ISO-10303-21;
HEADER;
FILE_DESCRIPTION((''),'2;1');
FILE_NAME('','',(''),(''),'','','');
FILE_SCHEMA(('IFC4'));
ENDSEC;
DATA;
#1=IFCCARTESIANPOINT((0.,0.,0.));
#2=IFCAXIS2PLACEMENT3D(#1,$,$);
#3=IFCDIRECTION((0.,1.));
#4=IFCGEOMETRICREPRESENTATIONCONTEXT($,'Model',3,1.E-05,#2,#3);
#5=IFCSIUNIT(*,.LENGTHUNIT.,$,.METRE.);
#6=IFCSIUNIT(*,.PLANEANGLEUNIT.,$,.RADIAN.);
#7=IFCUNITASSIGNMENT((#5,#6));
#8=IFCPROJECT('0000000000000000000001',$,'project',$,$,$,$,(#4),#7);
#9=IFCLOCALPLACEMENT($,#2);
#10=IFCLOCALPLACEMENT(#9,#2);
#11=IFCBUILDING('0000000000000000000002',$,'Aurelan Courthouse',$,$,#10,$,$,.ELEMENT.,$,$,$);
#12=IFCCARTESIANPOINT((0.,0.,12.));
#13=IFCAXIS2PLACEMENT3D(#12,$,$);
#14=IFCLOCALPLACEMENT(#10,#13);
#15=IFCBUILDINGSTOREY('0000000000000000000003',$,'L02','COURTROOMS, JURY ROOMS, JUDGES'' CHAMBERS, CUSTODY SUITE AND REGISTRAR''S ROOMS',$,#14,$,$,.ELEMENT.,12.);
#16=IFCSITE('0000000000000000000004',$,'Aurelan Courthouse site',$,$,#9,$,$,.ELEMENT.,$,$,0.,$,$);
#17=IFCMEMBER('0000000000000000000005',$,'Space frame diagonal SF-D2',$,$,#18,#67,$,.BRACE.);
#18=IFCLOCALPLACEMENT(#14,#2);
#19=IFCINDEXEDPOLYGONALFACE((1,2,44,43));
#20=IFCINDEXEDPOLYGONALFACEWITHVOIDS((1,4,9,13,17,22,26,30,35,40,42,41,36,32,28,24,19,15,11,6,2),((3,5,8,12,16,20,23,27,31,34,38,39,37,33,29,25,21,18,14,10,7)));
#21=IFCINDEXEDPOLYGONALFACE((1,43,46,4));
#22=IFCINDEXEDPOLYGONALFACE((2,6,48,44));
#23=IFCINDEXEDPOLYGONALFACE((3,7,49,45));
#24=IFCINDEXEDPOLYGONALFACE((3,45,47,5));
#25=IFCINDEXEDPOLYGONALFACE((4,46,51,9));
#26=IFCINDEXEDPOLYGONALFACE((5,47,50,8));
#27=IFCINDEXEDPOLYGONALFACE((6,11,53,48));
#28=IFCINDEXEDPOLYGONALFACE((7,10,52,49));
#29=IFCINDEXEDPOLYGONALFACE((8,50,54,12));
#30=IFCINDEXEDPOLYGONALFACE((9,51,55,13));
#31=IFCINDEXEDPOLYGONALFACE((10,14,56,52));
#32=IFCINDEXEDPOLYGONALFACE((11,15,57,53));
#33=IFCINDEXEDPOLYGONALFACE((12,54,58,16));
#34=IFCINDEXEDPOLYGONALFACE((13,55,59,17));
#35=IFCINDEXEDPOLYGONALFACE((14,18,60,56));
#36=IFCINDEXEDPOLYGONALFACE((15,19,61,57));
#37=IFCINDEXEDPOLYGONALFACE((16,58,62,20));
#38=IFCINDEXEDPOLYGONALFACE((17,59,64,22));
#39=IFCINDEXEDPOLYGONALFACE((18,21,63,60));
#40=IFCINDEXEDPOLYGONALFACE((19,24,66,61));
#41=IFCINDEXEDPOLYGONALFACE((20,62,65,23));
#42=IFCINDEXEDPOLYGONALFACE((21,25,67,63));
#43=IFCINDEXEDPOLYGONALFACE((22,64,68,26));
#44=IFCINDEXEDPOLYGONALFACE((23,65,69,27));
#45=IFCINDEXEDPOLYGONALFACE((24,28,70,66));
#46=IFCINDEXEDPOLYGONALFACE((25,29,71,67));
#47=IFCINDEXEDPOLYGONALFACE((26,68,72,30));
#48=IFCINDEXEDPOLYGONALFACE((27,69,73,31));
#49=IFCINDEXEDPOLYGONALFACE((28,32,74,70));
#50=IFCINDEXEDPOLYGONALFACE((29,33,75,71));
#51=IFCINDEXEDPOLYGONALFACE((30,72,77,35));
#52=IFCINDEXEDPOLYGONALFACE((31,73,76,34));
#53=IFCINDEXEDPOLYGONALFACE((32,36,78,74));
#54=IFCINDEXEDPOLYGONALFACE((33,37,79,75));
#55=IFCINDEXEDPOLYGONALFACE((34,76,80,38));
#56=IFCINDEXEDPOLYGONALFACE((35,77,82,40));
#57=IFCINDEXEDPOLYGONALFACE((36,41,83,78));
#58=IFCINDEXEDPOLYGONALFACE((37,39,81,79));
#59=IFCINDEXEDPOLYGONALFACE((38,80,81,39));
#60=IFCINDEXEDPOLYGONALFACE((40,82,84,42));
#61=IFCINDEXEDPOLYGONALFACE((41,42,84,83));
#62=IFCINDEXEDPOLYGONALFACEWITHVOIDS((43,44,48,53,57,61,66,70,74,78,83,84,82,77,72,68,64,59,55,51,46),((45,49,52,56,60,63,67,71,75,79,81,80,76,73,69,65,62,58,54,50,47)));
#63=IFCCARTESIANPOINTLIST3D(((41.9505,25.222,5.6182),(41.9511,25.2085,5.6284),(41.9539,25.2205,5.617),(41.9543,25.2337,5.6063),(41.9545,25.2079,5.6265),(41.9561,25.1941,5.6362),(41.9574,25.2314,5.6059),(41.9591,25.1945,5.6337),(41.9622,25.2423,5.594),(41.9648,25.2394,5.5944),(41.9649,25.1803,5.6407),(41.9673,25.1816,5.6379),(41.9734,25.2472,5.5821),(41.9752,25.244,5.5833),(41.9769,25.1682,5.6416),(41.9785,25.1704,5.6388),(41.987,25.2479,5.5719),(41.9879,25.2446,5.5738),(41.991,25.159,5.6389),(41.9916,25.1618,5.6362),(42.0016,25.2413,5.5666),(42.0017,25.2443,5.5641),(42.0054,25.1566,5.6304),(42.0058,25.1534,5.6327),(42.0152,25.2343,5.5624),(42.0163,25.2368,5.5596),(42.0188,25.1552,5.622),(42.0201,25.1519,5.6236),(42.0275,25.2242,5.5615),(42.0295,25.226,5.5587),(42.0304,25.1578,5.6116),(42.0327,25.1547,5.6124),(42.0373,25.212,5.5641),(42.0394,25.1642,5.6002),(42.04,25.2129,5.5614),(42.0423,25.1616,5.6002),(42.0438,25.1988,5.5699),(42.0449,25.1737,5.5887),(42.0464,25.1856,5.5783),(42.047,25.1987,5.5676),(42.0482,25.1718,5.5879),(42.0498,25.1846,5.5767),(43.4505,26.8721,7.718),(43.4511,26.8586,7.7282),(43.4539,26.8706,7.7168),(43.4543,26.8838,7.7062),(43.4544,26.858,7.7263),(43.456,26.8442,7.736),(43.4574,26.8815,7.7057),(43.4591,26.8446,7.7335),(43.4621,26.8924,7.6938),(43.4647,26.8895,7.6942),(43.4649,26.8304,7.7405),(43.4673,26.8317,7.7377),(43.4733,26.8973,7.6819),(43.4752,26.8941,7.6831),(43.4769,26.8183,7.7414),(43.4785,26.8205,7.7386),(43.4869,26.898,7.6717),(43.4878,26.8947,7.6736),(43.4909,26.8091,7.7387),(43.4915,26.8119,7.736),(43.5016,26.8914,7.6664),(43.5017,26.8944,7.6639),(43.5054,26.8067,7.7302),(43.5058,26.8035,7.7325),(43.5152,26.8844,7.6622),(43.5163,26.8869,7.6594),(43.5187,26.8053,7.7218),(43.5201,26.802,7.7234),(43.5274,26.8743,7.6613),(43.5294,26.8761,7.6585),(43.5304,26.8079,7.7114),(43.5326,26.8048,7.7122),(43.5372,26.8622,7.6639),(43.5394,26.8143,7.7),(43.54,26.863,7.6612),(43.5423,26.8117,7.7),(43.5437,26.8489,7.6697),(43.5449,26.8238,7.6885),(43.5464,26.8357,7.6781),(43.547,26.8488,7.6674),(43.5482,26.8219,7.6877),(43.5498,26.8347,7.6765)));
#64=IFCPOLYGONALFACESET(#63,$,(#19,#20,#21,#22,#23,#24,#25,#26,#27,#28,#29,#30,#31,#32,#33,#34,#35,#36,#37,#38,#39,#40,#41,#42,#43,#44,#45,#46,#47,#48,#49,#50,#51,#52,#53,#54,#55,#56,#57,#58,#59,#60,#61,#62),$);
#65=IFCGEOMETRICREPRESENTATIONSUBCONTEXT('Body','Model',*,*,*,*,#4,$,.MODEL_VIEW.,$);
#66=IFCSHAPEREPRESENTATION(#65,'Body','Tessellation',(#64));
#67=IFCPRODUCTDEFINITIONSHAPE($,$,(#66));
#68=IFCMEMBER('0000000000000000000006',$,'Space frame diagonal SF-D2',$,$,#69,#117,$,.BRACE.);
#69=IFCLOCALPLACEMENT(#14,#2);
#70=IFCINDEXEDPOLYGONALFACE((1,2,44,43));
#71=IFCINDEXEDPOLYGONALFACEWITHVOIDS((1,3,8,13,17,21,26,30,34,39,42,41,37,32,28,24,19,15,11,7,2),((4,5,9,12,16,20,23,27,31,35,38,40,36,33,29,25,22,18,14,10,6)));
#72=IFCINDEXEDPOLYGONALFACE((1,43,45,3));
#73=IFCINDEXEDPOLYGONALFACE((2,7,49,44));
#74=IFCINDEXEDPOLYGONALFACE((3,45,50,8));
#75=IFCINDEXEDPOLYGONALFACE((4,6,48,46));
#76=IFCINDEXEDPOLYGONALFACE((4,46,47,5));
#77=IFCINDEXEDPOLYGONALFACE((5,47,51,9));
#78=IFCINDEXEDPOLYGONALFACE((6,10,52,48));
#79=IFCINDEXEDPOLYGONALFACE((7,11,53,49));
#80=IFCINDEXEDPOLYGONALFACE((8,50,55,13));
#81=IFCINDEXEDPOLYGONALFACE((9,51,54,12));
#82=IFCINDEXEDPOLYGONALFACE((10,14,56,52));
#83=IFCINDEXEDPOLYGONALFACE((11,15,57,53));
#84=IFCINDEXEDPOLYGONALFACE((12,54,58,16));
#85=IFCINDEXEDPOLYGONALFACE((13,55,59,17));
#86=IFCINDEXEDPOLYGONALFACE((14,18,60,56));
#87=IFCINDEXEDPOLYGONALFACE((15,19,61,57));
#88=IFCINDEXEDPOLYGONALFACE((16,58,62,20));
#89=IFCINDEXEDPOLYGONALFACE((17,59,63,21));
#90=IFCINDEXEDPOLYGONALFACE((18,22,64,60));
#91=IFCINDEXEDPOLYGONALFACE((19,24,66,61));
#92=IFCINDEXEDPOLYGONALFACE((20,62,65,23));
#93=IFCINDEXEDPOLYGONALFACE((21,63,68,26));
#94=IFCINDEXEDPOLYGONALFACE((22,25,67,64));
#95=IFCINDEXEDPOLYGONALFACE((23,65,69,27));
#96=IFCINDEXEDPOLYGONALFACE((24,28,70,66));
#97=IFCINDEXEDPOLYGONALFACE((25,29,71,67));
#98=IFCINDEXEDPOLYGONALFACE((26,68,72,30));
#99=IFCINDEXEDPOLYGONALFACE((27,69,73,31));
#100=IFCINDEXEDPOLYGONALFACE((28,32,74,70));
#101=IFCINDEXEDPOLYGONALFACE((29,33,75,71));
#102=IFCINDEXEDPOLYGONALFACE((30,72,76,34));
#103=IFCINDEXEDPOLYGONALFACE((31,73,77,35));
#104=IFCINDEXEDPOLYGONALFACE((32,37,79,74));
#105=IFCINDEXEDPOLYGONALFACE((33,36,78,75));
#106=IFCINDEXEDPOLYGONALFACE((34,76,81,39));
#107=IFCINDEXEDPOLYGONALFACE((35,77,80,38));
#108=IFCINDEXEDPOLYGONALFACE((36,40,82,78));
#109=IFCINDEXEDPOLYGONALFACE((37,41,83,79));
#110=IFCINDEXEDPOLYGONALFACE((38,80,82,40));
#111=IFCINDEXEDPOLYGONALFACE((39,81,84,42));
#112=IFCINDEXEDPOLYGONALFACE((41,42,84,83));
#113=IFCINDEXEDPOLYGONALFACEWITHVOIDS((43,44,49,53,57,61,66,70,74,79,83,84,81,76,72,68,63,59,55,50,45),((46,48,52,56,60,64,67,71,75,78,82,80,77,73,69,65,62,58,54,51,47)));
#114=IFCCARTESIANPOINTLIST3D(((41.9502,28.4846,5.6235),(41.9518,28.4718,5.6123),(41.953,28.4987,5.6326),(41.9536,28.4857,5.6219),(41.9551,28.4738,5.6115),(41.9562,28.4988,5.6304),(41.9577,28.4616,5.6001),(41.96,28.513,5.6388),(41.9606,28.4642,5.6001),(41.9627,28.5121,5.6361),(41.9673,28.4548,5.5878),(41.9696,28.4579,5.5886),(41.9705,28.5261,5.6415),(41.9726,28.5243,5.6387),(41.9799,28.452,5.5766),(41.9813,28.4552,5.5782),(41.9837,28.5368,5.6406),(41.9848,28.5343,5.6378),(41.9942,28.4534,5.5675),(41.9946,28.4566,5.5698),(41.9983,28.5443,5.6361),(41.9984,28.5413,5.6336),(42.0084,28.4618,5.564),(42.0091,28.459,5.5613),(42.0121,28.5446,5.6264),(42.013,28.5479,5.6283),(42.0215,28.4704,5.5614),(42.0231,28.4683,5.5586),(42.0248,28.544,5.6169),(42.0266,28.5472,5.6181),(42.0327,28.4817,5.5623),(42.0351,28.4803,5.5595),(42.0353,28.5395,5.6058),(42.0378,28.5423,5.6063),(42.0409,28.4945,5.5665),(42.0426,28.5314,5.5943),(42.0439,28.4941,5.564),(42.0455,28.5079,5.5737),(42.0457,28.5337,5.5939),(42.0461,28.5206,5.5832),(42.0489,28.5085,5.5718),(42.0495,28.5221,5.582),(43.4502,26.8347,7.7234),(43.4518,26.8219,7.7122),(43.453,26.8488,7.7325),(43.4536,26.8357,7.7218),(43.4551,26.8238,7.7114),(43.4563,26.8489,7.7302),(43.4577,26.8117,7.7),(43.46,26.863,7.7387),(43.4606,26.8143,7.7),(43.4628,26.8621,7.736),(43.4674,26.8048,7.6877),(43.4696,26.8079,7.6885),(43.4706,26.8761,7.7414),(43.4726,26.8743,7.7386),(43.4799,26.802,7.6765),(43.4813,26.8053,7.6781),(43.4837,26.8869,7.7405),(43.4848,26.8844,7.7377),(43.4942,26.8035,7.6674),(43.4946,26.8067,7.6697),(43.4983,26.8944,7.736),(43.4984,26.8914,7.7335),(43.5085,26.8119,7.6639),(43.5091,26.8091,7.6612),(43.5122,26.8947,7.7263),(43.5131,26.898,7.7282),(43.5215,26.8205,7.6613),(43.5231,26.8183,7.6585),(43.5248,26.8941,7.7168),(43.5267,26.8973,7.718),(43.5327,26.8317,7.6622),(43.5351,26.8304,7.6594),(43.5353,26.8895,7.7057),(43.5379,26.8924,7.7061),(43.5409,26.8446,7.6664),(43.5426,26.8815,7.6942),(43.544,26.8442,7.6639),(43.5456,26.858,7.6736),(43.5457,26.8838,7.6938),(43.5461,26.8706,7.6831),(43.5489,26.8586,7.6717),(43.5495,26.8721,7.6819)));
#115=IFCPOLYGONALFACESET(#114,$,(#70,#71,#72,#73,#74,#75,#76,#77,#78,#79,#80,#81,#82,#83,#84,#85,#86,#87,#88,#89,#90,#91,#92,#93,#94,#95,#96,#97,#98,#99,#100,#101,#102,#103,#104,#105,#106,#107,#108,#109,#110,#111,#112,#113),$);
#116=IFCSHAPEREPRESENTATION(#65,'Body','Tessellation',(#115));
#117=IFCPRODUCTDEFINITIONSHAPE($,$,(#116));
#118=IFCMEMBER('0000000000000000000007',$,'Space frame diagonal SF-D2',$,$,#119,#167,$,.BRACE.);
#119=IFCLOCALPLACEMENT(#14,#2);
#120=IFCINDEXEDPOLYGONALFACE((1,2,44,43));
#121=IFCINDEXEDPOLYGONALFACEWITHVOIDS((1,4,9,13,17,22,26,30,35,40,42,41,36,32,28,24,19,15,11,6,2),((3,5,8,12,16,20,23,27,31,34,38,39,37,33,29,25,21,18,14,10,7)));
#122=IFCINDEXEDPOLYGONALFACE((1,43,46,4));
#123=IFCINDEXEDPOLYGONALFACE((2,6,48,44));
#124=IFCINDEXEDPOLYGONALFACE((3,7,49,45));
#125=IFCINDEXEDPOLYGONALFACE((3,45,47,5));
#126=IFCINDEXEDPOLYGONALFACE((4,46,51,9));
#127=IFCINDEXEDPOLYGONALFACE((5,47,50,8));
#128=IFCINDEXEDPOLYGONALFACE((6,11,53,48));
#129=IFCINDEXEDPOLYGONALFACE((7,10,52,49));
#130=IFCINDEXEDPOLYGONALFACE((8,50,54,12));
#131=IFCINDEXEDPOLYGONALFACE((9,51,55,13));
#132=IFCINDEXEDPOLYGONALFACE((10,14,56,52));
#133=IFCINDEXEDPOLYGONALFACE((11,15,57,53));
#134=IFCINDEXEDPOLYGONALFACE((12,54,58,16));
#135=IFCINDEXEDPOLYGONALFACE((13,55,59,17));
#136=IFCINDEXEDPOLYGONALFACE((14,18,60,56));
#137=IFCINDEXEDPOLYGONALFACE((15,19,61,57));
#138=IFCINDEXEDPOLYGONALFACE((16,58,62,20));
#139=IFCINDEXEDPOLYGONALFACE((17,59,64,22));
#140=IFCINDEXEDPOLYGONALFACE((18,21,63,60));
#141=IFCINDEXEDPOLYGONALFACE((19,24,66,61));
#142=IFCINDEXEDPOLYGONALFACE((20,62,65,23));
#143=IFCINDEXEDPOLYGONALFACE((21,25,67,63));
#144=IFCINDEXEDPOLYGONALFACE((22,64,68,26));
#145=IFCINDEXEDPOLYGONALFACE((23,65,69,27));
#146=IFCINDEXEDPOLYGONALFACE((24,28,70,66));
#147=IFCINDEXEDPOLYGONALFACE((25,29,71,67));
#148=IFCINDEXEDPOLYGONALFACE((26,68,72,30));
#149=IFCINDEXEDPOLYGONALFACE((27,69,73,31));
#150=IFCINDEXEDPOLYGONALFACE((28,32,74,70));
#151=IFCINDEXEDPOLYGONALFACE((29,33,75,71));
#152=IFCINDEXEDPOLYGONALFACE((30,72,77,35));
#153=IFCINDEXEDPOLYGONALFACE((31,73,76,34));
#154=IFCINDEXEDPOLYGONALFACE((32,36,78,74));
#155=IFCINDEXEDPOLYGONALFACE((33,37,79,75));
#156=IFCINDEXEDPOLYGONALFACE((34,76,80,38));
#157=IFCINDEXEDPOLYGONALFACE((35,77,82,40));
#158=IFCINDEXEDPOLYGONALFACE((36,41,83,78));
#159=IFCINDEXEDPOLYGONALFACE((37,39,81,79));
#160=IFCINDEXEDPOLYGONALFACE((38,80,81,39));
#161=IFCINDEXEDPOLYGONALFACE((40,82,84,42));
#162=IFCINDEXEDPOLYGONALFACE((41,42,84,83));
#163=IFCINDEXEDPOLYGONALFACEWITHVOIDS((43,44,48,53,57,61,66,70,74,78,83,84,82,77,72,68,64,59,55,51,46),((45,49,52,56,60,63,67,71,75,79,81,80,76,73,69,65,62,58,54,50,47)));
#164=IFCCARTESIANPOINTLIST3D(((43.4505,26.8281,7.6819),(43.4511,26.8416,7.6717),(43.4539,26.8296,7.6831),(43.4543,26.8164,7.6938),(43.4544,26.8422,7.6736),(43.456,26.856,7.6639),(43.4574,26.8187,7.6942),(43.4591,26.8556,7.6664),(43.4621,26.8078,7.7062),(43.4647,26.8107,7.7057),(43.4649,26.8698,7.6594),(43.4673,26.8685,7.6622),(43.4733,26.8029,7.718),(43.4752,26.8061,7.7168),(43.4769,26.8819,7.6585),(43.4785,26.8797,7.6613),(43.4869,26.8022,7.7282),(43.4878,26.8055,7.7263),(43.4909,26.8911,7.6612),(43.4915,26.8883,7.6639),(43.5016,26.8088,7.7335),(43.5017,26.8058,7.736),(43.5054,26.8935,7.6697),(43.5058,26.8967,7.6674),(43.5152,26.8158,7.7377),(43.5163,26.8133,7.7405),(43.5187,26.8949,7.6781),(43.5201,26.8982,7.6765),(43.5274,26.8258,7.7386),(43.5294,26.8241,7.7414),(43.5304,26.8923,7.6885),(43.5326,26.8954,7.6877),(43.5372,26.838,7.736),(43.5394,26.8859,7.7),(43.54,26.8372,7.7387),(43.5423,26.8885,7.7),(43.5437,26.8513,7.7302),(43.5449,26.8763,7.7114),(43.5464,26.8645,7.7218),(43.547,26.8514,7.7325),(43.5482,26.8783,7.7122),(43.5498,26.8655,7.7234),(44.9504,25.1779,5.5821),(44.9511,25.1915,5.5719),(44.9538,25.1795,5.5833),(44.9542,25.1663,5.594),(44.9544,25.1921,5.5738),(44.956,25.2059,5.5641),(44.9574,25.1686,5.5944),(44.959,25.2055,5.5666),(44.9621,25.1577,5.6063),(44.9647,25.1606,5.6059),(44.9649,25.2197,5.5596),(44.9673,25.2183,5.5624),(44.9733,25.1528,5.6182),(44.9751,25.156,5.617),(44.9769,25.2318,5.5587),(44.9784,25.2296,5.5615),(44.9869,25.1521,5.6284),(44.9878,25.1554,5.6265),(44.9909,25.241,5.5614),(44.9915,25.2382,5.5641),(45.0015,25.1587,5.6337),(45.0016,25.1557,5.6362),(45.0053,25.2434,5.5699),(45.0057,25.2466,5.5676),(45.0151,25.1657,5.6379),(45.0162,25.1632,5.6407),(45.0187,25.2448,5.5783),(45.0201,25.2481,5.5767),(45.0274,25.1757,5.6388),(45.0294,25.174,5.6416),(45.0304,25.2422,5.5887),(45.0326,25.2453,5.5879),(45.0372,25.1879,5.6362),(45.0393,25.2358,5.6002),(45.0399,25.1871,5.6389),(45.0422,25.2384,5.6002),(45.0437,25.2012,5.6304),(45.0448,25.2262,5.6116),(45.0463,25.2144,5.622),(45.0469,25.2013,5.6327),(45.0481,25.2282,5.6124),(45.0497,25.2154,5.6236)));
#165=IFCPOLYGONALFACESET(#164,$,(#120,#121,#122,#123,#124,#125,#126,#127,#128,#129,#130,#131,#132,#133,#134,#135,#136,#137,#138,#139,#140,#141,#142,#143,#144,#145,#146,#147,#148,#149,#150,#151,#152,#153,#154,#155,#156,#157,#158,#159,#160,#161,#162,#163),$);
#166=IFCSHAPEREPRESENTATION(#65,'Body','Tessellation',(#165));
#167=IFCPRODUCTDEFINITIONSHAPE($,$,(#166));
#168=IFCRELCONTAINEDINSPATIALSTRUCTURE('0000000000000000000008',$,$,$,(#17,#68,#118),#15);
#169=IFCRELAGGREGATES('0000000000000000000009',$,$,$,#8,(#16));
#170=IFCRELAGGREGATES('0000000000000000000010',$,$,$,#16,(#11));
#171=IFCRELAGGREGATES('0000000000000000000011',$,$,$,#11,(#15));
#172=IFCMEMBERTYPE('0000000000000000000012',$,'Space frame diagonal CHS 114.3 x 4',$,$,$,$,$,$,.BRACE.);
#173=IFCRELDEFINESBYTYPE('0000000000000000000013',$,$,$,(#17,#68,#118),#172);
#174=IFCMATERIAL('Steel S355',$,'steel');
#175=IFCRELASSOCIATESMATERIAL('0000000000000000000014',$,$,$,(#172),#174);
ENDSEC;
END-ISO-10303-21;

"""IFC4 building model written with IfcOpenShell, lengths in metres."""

from ifc_helpers import new_model, si_unit, direction, frame, origin, origin_2d, place, context, subcontext, project, spatial, hollow_circle, extrude, material, material_profile, profile_set, type_object, element, save


model = new_model("IFC4")

# Units and contexts
model_context = context("Model", 3, precision=1e-05, world=origin(), true_north=direction((0.0, 1.0)))
body_context = subcontext(model_context, "Body", "Model", "MODEL_VIEW")
ifc_project = project(units=[si_unit("LENGTHUNIT", "METRE"), si_unit("PLANEANGLEUNIT", "RADIAN")], contexts=[model_context])

# Site, building, storey
site_placement = place(None, origin())
site = spatial("IfcSite", under=ifc_project, at=site_placement, Name="Aurelan Courthouse site", CompositionType="ELEMENT", RefElevation=0.0)
building_placement = place(site_placement, origin())
building = spatial("IfcBuilding", under=site, at=building_placement, Name="Aurelan Courthouse", CompositionType="ELEMENT")
storey_placement = place(building_placement, frame((0.0, 0.0, 12.0)))
storey = spatial("IfcBuildingStorey", under=building, at=storey_placement, Name="L02", Description="COURTROOMS, JURY ROOMS, JUDGES' CHAMBERS, CUSTODY SUITE AND REGISTRAR'S ROOMS", CompositionType="ELEMENT", Elevation=12.0)

# Members
ifc_material_1 = material(Name="Steel S355", Category="steel")
ifc_material_profile_1 = material_profile(ifc_material_1, hollow_circle(Radius=0.0571, WallThickness=0.0039, at=origin_2d()), Name="CHS 114.3 x 4")
ifc_profile_set_1 = profile_set([ifc_material_profile_1], Name="Steel S355")
member_type_1 = type_object("IfcMemberType", Name="Space frame diagonal CHS 114.3 x 4", PredefinedType="BRACE", material=ifc_profile_set_1)
for number, where, z_axis, x_axis, name in (
    (1, (43.5, 26.8501, 7.7), (-0.489706, -0.538724, -0.68554), (0.73997, -0.67264, 0.0), "Space frame diagonal SF-D2"),
    (2, (43.5, 26.8501, 7.7), (-0.489727, 0.538667, -0.685569), (-0.73992, -0.672695, 0.0), "Space frame diagonal SF-D2"),
    (3, (43.5, 26.8501, 7.7), (0.489706, -0.538724, -0.68554), (0.73997, 0.67264, 0.0), "Space frame diagonal SF-D2"),
):
    element("IfcMember", number, at=place(storey_placement, frame(where, z_axis=z_axis, x_axis=x_axis)), inside=storey, type_object=member_type_1, Name=name, PredefinedType="BRACE", context=body_context, shape_type="SweptSolid", body=[
        extrude(hollow_circle(Radius=0.0571, WallThickness=0.0039, at=origin_2d()), origin(), (0.0, 0.0, 1.0), 3.063),
    ])

save(model, "model.ifc")
